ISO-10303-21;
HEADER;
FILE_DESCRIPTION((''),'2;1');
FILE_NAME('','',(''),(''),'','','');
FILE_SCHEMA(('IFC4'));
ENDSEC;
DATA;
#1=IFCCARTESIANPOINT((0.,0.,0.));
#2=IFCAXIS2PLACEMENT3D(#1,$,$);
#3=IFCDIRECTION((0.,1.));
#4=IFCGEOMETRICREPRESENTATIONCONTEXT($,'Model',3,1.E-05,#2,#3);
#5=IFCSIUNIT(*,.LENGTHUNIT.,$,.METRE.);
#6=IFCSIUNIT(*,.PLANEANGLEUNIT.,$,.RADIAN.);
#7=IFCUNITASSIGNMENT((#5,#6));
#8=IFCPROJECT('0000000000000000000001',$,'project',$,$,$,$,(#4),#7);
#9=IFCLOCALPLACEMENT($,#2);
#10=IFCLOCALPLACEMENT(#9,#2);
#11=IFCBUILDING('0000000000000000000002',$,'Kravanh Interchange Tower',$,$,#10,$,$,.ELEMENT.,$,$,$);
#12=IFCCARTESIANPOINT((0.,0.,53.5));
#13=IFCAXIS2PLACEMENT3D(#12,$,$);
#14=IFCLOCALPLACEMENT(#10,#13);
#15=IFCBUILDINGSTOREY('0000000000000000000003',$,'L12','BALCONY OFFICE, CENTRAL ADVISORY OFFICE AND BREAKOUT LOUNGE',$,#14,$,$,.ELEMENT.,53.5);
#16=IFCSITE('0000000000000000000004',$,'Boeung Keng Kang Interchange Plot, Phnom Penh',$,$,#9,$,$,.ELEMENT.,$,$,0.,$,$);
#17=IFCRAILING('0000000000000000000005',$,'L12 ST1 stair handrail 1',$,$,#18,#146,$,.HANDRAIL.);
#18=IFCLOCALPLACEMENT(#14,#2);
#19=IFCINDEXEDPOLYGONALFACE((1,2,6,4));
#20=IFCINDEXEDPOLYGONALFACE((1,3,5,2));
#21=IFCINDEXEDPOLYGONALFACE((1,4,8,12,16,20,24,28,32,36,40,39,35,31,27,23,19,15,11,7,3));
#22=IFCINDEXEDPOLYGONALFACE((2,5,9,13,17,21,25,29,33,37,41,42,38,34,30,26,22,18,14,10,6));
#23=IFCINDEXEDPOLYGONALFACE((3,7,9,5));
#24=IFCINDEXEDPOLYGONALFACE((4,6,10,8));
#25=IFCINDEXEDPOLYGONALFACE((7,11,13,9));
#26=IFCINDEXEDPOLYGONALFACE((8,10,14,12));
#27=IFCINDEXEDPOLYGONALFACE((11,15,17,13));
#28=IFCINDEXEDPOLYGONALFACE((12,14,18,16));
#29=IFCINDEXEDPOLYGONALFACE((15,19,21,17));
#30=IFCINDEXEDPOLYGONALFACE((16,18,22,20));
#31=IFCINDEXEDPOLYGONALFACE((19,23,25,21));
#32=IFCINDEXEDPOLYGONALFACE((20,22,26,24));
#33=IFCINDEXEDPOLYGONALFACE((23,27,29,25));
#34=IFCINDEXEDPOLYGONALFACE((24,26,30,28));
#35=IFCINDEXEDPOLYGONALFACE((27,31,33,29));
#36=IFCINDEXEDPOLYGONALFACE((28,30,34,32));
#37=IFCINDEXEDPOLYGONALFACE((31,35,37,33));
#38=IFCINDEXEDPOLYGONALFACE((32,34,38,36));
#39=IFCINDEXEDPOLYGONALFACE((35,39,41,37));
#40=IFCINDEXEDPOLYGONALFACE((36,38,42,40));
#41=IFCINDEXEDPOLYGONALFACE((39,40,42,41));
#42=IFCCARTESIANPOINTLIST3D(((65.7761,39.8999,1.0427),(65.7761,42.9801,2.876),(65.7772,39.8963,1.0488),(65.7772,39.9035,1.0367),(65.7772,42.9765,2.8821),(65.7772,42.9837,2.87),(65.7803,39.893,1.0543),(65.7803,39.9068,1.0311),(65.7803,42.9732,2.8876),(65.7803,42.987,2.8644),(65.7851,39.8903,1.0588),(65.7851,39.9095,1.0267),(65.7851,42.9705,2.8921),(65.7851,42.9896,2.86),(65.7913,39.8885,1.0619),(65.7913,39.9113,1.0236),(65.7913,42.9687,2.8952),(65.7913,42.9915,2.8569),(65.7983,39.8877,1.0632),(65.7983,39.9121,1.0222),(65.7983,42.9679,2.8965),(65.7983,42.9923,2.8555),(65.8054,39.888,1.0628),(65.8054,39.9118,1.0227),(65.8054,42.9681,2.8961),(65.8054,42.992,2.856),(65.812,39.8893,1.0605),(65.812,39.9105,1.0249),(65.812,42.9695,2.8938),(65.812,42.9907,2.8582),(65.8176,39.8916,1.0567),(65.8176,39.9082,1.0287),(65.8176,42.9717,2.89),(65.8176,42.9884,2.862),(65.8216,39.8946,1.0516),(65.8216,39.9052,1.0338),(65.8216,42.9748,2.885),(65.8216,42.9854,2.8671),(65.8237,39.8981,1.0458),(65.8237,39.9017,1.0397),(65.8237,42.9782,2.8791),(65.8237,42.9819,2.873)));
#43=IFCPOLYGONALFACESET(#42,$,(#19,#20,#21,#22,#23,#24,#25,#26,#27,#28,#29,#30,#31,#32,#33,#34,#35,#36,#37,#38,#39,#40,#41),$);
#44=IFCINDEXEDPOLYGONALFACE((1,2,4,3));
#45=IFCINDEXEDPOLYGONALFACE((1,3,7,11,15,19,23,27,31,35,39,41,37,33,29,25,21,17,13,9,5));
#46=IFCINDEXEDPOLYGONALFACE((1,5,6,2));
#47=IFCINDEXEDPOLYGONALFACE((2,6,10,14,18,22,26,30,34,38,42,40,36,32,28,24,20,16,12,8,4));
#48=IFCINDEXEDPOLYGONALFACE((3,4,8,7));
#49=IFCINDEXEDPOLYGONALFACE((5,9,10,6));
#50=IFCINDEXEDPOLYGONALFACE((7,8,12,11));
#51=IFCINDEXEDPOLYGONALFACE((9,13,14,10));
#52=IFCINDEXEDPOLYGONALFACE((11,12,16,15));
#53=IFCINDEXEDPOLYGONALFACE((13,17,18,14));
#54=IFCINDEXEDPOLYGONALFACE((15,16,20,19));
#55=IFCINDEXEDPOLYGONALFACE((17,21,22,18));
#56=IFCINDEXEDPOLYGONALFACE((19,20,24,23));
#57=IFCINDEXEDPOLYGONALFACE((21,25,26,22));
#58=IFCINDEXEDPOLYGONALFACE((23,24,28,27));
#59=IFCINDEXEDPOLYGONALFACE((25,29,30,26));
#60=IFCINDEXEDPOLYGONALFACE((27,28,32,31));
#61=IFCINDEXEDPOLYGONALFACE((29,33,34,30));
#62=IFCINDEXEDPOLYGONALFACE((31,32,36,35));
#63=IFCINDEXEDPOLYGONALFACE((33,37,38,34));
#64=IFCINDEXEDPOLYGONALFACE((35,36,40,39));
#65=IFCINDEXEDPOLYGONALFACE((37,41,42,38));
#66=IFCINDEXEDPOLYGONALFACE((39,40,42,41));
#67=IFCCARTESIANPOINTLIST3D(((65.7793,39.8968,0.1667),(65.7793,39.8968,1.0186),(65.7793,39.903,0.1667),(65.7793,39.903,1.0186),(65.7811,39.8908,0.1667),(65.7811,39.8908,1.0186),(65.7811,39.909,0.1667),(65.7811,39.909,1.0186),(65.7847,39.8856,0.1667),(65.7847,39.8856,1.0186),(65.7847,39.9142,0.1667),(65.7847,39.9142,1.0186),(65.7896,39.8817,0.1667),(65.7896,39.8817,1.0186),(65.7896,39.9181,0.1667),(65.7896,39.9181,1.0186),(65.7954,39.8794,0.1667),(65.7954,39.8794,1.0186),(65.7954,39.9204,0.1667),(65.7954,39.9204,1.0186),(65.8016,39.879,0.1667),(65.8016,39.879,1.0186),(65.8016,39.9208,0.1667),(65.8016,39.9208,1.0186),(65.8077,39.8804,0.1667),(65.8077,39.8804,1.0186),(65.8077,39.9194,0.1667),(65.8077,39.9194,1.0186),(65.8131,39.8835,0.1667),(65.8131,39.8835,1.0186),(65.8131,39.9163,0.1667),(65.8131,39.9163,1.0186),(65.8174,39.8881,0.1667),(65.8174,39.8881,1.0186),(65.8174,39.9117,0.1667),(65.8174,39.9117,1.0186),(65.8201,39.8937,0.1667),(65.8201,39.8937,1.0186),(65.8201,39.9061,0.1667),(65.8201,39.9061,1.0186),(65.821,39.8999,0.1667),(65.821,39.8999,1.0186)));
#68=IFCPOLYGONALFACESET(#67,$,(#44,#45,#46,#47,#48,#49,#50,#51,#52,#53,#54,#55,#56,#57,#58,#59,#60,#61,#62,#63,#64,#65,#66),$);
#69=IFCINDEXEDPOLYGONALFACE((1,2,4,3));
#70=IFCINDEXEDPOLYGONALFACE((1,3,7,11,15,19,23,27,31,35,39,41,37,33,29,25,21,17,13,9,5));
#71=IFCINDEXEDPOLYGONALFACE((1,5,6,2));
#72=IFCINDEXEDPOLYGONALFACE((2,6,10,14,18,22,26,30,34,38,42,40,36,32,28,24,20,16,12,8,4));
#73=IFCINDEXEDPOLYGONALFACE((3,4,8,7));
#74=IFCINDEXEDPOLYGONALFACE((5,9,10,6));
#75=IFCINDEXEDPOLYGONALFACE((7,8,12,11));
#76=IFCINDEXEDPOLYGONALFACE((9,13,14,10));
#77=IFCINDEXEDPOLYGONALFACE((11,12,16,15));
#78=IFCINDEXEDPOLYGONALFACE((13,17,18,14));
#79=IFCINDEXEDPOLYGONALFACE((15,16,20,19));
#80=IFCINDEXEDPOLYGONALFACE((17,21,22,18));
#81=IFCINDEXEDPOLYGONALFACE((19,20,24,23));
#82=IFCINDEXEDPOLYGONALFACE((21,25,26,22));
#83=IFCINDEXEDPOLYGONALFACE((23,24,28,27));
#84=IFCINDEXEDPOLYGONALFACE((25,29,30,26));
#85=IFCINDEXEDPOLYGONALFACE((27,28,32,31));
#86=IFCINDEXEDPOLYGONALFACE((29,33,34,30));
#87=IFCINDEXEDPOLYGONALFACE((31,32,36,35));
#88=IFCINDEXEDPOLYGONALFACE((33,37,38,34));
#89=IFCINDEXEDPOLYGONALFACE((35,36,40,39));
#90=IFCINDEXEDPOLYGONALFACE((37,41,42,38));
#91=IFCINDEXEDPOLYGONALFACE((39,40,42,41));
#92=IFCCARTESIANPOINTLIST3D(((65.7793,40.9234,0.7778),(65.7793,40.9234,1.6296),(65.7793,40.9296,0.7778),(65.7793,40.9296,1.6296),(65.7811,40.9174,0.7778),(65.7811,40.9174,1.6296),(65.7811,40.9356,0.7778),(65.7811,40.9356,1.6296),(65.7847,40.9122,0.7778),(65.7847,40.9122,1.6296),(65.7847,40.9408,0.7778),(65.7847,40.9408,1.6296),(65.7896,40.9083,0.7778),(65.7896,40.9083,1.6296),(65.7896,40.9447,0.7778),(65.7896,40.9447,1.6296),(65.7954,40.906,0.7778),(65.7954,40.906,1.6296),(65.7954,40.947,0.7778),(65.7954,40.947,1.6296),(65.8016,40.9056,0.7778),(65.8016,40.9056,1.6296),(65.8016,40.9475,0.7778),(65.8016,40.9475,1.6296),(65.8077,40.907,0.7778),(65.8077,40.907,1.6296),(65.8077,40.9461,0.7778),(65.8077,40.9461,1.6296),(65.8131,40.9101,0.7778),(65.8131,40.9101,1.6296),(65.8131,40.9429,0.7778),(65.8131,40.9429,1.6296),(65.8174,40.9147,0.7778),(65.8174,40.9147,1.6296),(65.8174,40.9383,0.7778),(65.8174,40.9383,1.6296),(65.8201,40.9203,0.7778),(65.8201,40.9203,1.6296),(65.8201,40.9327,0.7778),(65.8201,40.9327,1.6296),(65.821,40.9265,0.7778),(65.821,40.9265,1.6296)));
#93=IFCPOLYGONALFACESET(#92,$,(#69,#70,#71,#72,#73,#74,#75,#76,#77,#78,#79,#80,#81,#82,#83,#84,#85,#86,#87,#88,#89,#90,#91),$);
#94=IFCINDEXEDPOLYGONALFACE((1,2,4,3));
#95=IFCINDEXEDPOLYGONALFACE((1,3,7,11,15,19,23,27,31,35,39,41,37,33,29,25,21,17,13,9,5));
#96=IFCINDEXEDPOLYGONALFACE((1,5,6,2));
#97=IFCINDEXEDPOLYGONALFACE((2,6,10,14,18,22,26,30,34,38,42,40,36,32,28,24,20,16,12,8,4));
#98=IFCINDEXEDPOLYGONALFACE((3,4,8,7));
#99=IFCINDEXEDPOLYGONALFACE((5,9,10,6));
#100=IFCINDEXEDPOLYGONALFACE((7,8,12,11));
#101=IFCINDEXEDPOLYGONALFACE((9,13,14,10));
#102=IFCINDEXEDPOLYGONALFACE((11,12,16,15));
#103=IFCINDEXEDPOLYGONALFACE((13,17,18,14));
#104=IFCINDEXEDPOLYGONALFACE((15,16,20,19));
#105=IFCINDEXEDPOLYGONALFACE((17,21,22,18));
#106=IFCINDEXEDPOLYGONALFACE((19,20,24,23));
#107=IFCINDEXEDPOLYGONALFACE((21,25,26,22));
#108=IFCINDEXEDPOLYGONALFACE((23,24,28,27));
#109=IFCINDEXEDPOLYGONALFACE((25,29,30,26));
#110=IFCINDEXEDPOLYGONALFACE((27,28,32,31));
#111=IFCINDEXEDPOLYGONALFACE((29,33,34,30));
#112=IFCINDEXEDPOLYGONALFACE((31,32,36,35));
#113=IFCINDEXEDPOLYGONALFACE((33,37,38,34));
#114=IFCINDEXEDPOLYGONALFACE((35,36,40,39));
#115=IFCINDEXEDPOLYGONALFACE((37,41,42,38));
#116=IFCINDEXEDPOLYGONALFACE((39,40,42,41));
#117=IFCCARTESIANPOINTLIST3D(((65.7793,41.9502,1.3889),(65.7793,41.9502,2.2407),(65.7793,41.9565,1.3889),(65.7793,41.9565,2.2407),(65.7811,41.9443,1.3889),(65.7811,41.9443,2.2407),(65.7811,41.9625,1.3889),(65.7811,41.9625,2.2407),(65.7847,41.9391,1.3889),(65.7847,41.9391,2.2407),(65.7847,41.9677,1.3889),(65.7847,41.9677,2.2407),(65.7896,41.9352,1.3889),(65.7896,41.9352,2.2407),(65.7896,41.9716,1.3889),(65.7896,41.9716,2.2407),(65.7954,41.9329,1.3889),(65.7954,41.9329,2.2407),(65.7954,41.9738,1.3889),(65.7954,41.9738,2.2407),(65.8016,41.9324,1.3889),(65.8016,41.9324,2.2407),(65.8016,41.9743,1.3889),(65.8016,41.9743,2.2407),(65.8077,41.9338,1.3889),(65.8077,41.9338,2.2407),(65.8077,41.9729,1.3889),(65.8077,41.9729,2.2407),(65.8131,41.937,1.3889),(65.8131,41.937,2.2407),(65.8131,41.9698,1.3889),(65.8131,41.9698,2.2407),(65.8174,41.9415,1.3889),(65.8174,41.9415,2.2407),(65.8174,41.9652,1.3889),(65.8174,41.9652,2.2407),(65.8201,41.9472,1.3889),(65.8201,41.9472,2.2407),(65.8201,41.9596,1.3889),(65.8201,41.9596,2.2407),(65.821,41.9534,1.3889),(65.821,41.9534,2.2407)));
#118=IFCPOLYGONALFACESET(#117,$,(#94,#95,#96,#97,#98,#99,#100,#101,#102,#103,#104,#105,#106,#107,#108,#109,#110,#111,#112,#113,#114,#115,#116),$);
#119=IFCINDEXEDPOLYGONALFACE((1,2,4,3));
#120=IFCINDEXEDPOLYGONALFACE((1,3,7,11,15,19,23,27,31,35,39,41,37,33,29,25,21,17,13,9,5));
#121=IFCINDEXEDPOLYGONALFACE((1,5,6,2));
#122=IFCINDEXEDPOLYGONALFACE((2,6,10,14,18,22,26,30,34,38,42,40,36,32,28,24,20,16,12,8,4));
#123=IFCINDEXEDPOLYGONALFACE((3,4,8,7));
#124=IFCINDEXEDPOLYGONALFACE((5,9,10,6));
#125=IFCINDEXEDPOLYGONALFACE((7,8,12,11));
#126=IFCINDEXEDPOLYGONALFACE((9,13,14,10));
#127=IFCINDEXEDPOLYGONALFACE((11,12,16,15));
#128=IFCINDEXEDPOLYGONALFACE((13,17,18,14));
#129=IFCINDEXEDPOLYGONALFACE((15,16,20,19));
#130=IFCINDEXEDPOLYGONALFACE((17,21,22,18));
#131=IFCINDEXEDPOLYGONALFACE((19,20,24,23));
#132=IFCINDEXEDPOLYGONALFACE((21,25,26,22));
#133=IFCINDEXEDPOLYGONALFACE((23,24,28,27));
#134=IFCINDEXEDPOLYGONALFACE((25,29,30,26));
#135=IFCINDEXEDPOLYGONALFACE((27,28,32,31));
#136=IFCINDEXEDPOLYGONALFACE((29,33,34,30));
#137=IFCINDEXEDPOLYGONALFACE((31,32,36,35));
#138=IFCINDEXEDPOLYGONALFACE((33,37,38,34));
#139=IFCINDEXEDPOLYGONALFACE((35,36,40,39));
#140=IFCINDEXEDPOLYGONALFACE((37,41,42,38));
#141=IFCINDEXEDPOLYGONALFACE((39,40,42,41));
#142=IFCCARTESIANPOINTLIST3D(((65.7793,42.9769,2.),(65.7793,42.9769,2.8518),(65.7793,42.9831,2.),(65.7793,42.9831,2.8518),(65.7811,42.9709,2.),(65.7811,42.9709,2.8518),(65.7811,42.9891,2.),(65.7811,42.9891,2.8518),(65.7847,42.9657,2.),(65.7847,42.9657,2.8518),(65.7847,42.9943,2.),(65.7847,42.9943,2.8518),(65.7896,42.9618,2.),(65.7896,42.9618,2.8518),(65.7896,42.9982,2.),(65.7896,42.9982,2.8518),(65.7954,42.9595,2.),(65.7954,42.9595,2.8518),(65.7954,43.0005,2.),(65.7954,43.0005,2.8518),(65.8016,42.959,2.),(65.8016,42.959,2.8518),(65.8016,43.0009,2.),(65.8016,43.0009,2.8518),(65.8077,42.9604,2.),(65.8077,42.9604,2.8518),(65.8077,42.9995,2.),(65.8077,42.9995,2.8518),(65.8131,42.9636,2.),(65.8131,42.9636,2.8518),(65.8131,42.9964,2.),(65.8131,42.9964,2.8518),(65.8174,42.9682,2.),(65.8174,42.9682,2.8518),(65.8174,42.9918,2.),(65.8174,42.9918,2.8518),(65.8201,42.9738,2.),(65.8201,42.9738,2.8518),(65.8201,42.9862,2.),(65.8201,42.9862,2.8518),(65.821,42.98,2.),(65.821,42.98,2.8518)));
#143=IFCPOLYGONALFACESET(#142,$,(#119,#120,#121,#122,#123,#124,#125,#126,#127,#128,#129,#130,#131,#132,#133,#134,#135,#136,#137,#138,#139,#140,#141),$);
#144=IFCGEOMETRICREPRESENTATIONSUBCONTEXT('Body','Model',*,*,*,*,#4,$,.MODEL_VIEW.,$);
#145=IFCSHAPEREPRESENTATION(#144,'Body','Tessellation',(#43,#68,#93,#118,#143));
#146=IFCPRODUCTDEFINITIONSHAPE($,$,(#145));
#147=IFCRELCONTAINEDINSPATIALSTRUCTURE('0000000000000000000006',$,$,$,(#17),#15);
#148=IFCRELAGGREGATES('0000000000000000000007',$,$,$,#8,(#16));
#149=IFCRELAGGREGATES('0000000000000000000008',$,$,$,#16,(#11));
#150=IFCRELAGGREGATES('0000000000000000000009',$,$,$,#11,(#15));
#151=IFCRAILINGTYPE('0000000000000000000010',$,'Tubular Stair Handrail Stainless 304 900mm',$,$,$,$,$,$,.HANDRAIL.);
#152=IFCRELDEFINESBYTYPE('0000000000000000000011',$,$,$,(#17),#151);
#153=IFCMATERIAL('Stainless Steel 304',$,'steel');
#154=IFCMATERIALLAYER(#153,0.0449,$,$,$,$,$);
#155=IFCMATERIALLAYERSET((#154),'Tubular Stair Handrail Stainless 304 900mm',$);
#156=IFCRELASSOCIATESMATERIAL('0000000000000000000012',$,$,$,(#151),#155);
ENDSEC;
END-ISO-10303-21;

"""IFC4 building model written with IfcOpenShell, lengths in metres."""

from ifc_helpers import new_model, si_unit, direction, frame, origin, origin_2d, place, context, subcontext, project, spatial, circle, extrude, material, layer, layer_set, type_object, element, save


model = new_model("IFC4")

# Units and contexts
model_context = context("Model", 3, precision=1e-05, world=origin(), true_north=direction((0.0, 1.0)))
body_context = subcontext(model_context, "Body", "Model", "MODEL_VIEW")
ifc_project = project(units=[si_unit("LENGTHUNIT", "METRE"), si_unit("PLANEANGLEUNIT", "RADIAN")], contexts=[model_context])

# Site, building, storey
site_placement = place(None, origin())
site = spatial("IfcSite", under=ifc_project, at=site_placement, Name="Boeung Keng Kang Interchange Plot, Phnom Penh", CompositionType="ELEMENT", RefElevation=0.0)
building_placement = place(site_placement, origin())
building = spatial("IfcBuilding", under=site, at=building_placement, Name="Kravanh Interchange Tower", CompositionType="ELEMENT")
storey_placement = place(building_placement, frame((0.0, 0.0, 53.5)))
storey = spatial("IfcBuildingStorey", under=building, at=storey_placement, Name="L12", Description="BALCONY OFFICE, CENTRAL ADVISORY OFFICE AND BREAKOUT LOUNGE", CompositionType="ELEMENT", Elevation=53.5)

# Railing
ifc_material_1 = material(Name="Stainless Steel 304", Category="steel")
ifc_layer_1 = layer(ifc_material_1, 0.0449)
ifc_layer_set_1 = layer_set([ifc_layer_1], Name="Tubular Stair Handrail Stainless 304 900mm")
railing_type_1 = type_object("IfcRailingType", Name="Tubular Stair Handrail Stainless 304 900mm", PredefinedType="HANDRAIL", material=ifc_layer_set_1)
railing_1_placement = place(storey_placement, frame((65.8, 39.8999, 0.1667)))
element("IfcRailing", 1, at=railing_1_placement, inside=storey, type_object=railing_type_1, Name="L12 ST1 stair handrail 1", PredefinedType="HANDRAIL", context=body_context, shape_type="SweptSolid", body=[
    extrude(circle(Radius=0.0239, at=origin_2d()), frame((0.0, 0.0, 0.876), z_axis=(0.0, 0.859309, 0.511458), x_axis=(-1.0, 0.0, 0.0)), (0.0, 0.0, 1.0), 3.5845),
    extrude(circle(Radius=0.021, at=origin_2d()), origin(), (0.0, 0.0, 1.0), 0.8518),
    extrude(circle(Radius=0.021, at=origin_2d()), frame((0.0, 1.0266, 0.6111)), (0.0, 0.0, 1.0), 0.8518),
    extrude(circle(Radius=0.021, at=origin_2d()), frame((0.0, 2.0535, 1.2222)), (0.0, 0.0, 1.0), 0.8518),
    extrude(circle(Radius=0.021, at=origin_2d()), frame((0.0, 3.0801, 1.8333)), (0.0, 0.0, 1.0), 0.8518),
])

save(model, "model.ifc")
